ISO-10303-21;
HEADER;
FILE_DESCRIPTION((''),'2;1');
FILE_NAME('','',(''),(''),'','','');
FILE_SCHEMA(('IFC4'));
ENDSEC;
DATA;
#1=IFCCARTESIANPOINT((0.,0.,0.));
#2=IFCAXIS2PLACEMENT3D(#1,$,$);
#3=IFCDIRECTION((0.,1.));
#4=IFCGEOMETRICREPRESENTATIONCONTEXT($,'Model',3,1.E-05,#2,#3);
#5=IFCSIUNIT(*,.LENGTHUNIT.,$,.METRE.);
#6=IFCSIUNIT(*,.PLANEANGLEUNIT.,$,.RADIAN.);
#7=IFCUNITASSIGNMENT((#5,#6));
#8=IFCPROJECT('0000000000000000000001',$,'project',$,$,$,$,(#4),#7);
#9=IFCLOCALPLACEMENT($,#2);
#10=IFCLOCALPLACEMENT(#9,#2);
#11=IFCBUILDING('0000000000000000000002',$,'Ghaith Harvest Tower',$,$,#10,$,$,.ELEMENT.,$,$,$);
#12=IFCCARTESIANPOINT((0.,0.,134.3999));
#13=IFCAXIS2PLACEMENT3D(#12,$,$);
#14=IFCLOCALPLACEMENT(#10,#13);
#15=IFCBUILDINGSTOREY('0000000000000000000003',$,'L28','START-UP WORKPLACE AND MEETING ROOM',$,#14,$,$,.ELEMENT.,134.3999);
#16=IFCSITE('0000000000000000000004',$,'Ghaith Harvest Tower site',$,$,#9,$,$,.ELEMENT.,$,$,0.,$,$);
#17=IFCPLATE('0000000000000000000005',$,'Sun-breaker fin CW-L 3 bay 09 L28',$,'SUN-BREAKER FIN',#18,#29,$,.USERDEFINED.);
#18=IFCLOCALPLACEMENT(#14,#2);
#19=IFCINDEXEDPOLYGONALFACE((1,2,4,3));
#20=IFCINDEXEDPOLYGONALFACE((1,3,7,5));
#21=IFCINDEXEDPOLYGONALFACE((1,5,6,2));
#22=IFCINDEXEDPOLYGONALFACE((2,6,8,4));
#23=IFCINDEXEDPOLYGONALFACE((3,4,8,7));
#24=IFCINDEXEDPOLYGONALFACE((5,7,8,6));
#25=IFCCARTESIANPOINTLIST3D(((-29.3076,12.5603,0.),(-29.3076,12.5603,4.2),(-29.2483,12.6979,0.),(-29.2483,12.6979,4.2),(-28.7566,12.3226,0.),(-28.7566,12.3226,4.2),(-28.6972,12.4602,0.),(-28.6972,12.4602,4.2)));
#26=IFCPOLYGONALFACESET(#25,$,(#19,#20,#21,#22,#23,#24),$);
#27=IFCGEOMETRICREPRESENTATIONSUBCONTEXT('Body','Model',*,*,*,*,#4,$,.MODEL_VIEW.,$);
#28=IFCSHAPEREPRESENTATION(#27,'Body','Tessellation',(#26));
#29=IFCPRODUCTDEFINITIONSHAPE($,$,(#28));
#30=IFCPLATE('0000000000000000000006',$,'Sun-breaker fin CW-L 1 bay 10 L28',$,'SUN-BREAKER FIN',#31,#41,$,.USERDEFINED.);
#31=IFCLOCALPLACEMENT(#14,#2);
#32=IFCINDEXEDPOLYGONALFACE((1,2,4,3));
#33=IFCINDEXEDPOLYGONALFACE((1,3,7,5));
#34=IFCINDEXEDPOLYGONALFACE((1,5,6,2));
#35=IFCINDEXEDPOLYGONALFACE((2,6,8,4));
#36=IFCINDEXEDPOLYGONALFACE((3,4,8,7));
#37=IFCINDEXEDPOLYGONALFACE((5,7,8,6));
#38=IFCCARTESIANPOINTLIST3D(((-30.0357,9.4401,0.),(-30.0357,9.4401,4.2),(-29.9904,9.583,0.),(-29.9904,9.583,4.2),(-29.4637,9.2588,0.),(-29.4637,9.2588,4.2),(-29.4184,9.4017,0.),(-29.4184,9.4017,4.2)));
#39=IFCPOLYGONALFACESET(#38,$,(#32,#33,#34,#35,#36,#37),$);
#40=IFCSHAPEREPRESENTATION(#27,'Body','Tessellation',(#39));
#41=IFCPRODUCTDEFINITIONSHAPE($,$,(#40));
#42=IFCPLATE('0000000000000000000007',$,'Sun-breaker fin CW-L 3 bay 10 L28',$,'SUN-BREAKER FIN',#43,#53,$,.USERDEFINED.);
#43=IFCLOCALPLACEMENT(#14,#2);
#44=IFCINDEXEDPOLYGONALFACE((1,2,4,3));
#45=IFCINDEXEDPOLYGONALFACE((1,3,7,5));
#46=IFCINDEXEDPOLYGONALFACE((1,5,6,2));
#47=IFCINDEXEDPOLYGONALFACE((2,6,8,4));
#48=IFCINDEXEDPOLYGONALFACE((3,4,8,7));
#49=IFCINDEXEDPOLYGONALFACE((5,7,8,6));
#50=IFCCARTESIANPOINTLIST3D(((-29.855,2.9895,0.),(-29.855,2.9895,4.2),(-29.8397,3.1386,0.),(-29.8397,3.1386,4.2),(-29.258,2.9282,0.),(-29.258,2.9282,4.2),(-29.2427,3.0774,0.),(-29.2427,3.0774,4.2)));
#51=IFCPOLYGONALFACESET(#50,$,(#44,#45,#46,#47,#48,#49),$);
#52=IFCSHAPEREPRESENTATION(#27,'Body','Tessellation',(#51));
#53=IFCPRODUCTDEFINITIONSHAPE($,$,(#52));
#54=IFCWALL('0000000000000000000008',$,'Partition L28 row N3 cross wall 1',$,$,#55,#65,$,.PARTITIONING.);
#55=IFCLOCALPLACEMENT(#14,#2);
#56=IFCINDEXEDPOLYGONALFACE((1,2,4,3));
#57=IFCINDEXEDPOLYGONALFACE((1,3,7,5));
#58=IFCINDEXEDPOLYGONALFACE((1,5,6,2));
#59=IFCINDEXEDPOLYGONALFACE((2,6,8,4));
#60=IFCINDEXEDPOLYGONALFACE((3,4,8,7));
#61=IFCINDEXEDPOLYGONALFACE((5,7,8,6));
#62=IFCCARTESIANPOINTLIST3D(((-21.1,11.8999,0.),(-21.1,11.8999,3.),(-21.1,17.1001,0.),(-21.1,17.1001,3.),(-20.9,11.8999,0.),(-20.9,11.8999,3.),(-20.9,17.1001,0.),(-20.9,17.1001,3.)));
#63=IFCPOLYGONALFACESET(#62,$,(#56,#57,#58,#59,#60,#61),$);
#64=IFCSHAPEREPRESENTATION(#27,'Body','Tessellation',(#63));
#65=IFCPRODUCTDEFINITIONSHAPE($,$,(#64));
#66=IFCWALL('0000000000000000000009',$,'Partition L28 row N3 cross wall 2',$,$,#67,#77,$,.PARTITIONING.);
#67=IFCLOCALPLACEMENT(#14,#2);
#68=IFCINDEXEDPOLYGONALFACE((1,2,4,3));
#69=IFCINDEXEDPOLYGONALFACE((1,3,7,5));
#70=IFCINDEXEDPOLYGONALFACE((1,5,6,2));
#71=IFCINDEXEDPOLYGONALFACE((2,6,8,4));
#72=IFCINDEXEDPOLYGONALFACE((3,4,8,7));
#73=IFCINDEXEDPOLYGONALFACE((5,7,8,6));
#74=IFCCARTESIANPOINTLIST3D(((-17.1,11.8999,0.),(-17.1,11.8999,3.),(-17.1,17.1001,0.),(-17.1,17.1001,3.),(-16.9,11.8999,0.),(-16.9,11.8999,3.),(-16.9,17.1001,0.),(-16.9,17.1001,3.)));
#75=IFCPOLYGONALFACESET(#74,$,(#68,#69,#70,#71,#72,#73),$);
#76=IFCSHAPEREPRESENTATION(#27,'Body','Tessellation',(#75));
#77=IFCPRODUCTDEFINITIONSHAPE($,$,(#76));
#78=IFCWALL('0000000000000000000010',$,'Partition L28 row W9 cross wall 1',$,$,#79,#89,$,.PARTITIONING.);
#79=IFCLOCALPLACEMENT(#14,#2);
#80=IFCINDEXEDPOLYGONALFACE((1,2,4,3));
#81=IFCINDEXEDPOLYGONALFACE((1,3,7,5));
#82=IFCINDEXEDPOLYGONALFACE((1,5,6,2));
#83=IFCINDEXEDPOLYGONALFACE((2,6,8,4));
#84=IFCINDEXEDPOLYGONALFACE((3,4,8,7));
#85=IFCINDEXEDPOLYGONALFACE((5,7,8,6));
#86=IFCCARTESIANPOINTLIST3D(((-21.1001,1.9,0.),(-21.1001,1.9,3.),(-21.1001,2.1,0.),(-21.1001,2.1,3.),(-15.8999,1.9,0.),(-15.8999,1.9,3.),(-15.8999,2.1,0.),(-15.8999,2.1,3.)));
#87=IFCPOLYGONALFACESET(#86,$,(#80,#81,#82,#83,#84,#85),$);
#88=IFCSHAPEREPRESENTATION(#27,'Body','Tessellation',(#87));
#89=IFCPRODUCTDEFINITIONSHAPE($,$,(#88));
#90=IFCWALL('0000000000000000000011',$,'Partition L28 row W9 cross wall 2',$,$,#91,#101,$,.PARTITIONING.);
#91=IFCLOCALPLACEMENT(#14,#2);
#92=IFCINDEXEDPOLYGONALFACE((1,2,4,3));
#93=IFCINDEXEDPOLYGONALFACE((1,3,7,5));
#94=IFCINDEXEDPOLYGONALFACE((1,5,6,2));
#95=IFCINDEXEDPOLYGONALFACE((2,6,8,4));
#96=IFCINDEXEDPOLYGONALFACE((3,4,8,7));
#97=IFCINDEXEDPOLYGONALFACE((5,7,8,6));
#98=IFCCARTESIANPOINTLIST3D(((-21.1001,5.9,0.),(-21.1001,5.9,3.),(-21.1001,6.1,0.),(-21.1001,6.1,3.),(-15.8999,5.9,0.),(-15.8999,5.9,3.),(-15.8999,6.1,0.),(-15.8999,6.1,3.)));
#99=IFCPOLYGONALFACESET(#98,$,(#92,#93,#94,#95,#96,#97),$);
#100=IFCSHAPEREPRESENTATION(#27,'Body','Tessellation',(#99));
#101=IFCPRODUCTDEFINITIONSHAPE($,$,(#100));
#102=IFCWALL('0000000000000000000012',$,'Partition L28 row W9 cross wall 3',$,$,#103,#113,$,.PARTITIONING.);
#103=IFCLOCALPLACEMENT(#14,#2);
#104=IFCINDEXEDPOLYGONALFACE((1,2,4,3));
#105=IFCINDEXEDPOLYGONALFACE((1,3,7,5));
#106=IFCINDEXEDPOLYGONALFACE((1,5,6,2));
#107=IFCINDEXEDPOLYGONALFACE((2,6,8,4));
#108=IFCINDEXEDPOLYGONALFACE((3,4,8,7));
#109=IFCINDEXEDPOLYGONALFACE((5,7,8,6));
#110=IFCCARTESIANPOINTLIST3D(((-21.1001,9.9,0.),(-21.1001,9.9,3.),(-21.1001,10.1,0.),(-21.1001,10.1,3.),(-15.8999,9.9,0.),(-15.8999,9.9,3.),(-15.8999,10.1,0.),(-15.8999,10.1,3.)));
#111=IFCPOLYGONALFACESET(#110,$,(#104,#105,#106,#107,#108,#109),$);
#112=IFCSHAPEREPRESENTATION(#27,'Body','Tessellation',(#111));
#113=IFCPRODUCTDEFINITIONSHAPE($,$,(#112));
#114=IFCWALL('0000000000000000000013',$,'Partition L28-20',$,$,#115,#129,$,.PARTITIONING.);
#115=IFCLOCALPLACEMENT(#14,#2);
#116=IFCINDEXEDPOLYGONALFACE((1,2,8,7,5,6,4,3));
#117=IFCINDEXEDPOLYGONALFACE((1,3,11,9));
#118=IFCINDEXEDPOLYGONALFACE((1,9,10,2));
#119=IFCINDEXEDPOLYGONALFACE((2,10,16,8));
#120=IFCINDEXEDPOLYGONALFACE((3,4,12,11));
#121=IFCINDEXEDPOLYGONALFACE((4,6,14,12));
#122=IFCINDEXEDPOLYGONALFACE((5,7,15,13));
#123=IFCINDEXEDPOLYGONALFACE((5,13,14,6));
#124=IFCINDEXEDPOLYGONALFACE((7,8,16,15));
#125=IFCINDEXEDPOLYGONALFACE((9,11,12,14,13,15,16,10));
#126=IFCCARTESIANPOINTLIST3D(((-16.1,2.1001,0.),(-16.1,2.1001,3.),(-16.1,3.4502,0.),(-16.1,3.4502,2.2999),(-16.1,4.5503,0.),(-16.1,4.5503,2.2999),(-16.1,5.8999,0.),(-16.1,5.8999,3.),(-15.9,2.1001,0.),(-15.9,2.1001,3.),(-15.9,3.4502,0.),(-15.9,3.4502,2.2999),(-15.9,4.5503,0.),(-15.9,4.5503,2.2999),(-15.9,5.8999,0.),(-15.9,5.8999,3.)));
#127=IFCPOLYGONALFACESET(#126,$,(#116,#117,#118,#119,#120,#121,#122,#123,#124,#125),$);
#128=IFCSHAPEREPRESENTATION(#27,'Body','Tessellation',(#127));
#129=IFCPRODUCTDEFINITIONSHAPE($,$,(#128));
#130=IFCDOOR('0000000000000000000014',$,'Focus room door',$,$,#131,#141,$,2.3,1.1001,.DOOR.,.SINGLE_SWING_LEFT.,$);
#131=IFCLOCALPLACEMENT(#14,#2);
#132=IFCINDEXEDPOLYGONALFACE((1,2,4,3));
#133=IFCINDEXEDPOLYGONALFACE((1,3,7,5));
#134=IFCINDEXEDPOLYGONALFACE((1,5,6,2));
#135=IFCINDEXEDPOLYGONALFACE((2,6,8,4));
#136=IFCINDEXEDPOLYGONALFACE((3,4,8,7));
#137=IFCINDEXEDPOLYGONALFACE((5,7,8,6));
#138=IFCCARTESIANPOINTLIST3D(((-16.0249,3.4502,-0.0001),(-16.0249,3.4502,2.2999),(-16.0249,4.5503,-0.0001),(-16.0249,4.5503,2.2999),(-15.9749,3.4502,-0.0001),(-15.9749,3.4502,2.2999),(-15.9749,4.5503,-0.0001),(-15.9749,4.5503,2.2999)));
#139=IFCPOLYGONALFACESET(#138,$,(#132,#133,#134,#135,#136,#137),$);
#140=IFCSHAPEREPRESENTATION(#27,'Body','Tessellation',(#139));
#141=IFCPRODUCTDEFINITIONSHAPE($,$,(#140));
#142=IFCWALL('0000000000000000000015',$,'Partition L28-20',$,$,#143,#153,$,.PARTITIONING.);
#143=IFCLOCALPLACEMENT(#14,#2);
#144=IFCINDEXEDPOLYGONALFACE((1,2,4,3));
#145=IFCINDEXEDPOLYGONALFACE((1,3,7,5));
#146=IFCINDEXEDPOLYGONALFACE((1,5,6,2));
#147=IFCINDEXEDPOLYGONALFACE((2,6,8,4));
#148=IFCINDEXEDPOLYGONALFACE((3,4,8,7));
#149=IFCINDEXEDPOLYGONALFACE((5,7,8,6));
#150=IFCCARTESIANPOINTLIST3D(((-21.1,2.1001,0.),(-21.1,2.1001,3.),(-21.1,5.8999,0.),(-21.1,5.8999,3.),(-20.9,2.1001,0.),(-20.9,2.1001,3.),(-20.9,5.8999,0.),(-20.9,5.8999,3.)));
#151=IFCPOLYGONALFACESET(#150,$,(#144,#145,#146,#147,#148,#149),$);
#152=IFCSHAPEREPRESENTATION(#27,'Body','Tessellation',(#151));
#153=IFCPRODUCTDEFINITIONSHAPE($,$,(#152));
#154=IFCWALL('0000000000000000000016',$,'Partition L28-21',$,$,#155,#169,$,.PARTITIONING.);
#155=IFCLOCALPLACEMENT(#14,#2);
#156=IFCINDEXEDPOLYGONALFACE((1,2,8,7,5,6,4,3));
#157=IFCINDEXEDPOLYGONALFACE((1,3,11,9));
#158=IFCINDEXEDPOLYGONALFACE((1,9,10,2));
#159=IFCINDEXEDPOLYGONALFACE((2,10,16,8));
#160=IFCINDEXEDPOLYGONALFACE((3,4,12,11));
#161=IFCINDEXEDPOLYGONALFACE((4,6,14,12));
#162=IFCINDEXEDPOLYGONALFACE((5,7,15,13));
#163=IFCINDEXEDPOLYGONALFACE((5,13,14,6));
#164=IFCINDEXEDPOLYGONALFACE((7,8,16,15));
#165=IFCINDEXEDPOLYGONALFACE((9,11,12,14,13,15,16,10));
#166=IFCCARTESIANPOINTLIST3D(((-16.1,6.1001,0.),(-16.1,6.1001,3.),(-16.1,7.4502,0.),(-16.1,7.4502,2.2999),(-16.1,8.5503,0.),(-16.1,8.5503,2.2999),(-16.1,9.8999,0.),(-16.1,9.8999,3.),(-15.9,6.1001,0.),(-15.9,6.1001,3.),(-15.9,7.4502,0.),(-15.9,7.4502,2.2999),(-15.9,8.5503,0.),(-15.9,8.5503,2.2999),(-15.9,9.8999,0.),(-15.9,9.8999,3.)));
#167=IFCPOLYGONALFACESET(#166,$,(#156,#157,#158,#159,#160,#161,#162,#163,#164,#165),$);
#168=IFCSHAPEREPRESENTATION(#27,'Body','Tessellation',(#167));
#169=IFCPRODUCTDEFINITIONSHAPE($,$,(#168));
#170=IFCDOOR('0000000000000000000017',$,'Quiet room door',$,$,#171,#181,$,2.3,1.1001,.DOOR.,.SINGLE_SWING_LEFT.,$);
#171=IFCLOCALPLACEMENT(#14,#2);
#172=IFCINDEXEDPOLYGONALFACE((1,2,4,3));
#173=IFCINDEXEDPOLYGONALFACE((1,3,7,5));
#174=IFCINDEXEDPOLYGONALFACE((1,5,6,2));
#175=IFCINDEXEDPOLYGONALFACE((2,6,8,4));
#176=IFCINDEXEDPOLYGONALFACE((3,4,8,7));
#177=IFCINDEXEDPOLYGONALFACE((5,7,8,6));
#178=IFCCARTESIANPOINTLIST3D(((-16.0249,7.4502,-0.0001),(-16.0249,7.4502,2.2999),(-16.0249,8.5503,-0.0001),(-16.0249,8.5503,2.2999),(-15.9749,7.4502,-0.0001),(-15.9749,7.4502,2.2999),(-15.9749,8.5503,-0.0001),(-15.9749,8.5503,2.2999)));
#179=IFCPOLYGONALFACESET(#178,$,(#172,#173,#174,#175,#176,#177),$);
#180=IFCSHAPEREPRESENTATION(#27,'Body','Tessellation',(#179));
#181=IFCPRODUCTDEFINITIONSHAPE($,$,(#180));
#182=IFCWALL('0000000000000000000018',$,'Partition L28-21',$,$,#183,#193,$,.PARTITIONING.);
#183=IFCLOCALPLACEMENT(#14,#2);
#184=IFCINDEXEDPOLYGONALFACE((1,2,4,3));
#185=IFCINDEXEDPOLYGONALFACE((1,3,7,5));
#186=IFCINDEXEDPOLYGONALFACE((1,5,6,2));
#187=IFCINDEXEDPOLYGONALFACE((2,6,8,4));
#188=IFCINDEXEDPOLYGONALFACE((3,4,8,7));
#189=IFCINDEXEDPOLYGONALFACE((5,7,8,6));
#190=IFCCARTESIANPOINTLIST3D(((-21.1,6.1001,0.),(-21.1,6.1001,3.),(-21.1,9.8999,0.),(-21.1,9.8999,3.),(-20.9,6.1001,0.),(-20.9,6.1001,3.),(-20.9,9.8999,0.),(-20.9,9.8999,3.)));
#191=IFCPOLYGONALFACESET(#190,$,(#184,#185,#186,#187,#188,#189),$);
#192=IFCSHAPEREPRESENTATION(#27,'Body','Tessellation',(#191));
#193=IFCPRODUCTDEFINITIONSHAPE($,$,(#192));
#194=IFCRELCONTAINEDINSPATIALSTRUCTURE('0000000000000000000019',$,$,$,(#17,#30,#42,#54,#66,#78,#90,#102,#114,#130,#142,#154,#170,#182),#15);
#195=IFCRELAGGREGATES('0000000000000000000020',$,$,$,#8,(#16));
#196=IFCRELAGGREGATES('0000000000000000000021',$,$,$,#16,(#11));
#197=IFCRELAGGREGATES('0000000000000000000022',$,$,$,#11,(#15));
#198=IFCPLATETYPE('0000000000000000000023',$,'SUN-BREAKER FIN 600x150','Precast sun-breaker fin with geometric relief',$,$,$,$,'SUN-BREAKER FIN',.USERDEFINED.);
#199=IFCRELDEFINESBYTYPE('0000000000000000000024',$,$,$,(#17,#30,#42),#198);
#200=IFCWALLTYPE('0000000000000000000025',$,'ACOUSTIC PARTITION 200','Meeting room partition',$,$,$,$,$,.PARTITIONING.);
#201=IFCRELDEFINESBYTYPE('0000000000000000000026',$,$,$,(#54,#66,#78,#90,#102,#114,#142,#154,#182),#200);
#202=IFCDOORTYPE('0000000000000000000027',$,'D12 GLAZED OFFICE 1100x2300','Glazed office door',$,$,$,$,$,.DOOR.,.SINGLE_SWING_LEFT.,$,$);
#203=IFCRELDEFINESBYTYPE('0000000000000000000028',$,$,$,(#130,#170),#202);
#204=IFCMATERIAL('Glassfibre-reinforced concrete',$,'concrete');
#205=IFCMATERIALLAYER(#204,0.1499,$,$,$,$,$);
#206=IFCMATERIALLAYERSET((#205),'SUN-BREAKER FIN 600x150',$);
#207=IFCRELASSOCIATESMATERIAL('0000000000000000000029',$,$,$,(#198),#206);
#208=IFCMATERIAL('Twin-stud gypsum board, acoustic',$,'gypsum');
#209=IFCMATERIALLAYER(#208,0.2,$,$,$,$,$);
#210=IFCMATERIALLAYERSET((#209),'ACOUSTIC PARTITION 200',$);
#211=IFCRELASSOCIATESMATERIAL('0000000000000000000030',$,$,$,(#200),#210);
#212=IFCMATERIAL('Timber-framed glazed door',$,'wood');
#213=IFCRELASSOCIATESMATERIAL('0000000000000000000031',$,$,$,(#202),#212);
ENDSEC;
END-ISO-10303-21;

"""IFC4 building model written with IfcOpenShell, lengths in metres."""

from ifc_helpers import new_model, si_unit, direction, frame, frame_2d, origin, origin_2d, place, context, subcontext, project, spatial, rectangle, extrude, material, layer, layer_set, type_object, element, fill, save


model = new_model("IFC4")

# Units and contexts
model_context = context("Model", 3, precision=1e-05, world=origin(), true_north=direction((0.0, 1.0)))
body_context = subcontext(model_context, "Body", "Model", "MODEL_VIEW")
ifc_project = project(units=[si_unit("LENGTHUNIT", "METRE"), si_unit("PLANEANGLEUNIT", "RADIAN")], contexts=[model_context])

# Site, building, storey
site_placement = place(None, origin())
site = spatial("IfcSite", under=ifc_project, at=site_placement, Name="Ghaith Harvest Tower site", CompositionType="ELEMENT", RefElevation=0.0)
building_placement = place(site_placement, origin())
building = spatial("IfcBuilding", under=site, at=building_placement, Name="Ghaith Harvest Tower", CompositionType="ELEMENT")
storey_placement = place(building_placement, frame((0.0, 0.0, 134.3999)))
storey = spatial("IfcBuildingStorey", under=building, at=storey_placement, Name="L28", Description="START-UP WORKPLACE AND MEETING ROOM", CompositionType="ELEMENT", Elevation=134.3999)

# Plates
ifc_material_1 = material(Name="Glassfibre-reinforced concrete", Category="concrete")
ifc_layer_1 = layer(ifc_material_1, 0.1499)
ifc_layer_set_1 = layer_set([ifc_layer_1], Name="SUN-BREAKER FIN 600x150")
plate_type_1 = type_object("IfcPlateType", Name="SUN-BREAKER FIN 600x150", Description="Precast sun-breaker fin with geometric relief", ElementType="SUN-BREAKER FIN", PredefinedType="USERDEFINED", material=ifc_layer_set_1)
for number, where, z_axis, x_axis, name in (
    (1, (-29.0024, 12.5103, 0.0), (0.0, 0.0, 1.0), (-0.918218, 0.396075, 0.0), "Sun-breaker fin CW-L 3 bay 09 L28"),
    (2, (-29.7271, 9.4209, 0.0), (0.0, 0.0, 1.0), (-0.953273, 0.30211, 0.0), "Sun-breaker fin CW-L 1 bay 10 L28"),
    (3, (-29.5488, 3.0334, 0.0), (0.0, 0.0, 1.0), (-0.994772, 0.102123, 0.0), "Sun-breaker fin CW-L 3 bay 10 L28"),
):
    element("IfcPlate", number, at=place(storey_placement, frame(where, z_axis=z_axis, x_axis=x_axis)), inside=storey, type_object=plate_type_1, Name=name, ObjectType="SUN-BREAKER FIN", PredefinedType="USERDEFINED", context=body_context, shape_type="SweptSolid", body=[
        extrude(rectangle(XDim=0.6001, YDim=0.1499, at=origin_2d()), origin(), (0.0, 0.0, 1.0), 4.2),
    ])

# Walls
ifc_material_2 = material(Name="Twin-stud gypsum board, acoustic", Category="gypsum")
ifc_layer_2 = layer(ifc_material_2, 0.2)
ifc_layer_set_2 = layer_set([ifc_layer_2], Name="ACOUSTIC PARTITION 200")
wall_type = type_object("IfcWallType", Name="ACOUSTIC PARTITION 200", Description="Meeting room partition", PredefinedType="PARTITIONING", material=ifc_layer_set_2)
for number, where, z_axis, x_axis, name in (
    (4, (-21.0, 11.8999, 0.0), (0.0, 0.0, 1.0), (0.0, 1.0, 0.0), "Partition L28 row N3 cross wall 1"),
    (5, (-17.0, 11.8999, 0.0), (0.0, 0.0, 1.0), (0.0, 1.0, 0.0), "Partition L28 row N3 cross wall 2"),
):
    element("IfcWall", number, at=place(storey_placement, frame(where, z_axis=z_axis, x_axis=x_axis)), inside=storey, type_object=wall_type, Name=name, PredefinedType="PARTITIONING", context=body_context, shape_type="SweptSolid", body=[
        extrude(rectangle(XDim=5.2002, YDim=0.2, at=frame_2d((2.6001, 0.0))), origin(), (0.0, 0.0, 1.0), 3.0),
    ])

# Walls
for number, where, z_axis, x_axis, name in (
    (6, (-15.8999, 2.0, 0.0), (0.0, 0.0, 1.0), (-1.0, 0.0, 0.0), "Partition L28 row W9 cross wall 1"),
    (7, (-15.8999, 6.0, 0.0), (0.0, 0.0, 1.0), (-1.0, 0.0, 0.0), "Partition L28 row W9 cross wall 2"),
    (8, (-15.8999, 10.0, 0.0), (0.0, 0.0, 1.0), (-1.0, 0.0, 0.0), "Partition L28 row W9 cross wall 3"),
):
    element("IfcWall", number, at=place(storey_placement, frame(where, z_axis=z_axis, x_axis=x_axis)), inside=storey, type_object=wall_type, Name=name, PredefinedType="PARTITIONING", context=body_context, shape_type="SweptSolid", body=[
        extrude(rectangle(XDim=5.2002, YDim=0.2, at=frame_2d((2.6001, 0.0))), origin(), (0.0, 0.0, 1.0), 3.0),
    ])

# Wall, opening, door
wall_1_placement = place(storey_placement, frame((-16.0, 2.1001, 0.0), z_axis=(0.0, 0.0, 1.0), x_axis=(0.0, 1.0, 0.0)))
wall_1 = element("IfcWall", 9, at=wall_1_placement, inside=storey, type_object=wall_type, Name="Partition L28-20", PredefinedType="PARTITIONING", context=body_context, shape_type="SweptSolid", body=[
    extrude(rectangle(XDim=3.7998, YDim=0.2, at=frame_2d((1.8999, 0.0))), origin(), (0.0, 0.0, 1.0), 3.0),
])
opening_1_placement = place(wall_1_placement, frame((1.3501, 0.0, 0.0)))
opening_1 = element("IfcOpeningElement", 10, at=opening_1_placement, cuts=wall_1, PredefinedType="OPENING", context=body_context, shape_type="SweptSolid", body=[
    extrude(rectangle(XDim=1.1001, YDim=2.3, at=frame_2d((0.55, 1.1499))), frame((0.0, 0.1099, 0.0), z_axis=(0.0, -1.0, 0.0), x_axis=(1.0, 0.0, 0.0)), (0.0, 0.0, 1.0), 0.22),
])
ifc_material_3 = material(Name="Timber-framed glazed door", Category="wood")
door_type_1 = type_object("IfcDoorType", Name="D12 GLAZED OFFICE 1100x2300", Description="Glazed office door", OperationType="SINGLE_SWING_LEFT", PredefinedType="DOOR", material=ifc_material_3)
door_1_placement = place(opening_1_placement, origin())
door_1 = element("IfcDoor", 11, at=door_1_placement, inside=storey, type_object=door_type_1, Name="Focus room door", OperationType="SINGLE_SWING_LEFT", OverallHeight=2.3, OverallWidth=1.1001, PredefinedType="DOOR", context=body_context, shape_type="SweptSolid", body=[
    extrude(rectangle(XDim=1.1001, YDim=2.3, at=frame_2d((0.55, 1.1499))), frame((0.0, 0.0249, 0.0), z_axis=(0.0, -1.0, 0.0), x_axis=(1.0, 0.0, 0.0)), (0.0, 0.0, 1.0), 0.05),
])
fill(opening_1, door_1)

# Wall
wall_2_placement = place(storey_placement, frame((-21.0, 2.1001, 0.0), z_axis=(0.0, 0.0, 1.0), x_axis=(0.0, 1.0, 0.0)))
element("IfcWall", 12, at=wall_2_placement, inside=storey, type_object=wall_type, Name="Partition L28-20", PredefinedType="PARTITIONING", context=body_context, shape_type="SweptSolid", body=[
    extrude(rectangle(XDim=3.7998, YDim=0.2, at=frame_2d((1.8999, 0.0))), origin(), (0.0, 0.0, 1.0), 3.0),
])

# Wall, opening, door
wall_3_placement = place(storey_placement, frame((-16.0, 6.1001, 0.0), z_axis=(0.0, 0.0, 1.0), x_axis=(0.0, 1.0, 0.0)))
wall_3 = element("IfcWall", 13, at=wall_3_placement, inside=storey, type_object=wall_type, Name="Partition L28-21", PredefinedType="PARTITIONING", context=body_context, shape_type="SweptSolid", body=[
    extrude(rectangle(XDim=3.7998, YDim=0.2, at=frame_2d((1.8999, 0.0))), origin(), (0.0, 0.0, 1.0), 3.0),
])
opening_2_placement = place(wall_3_placement, frame((1.3501, 0.0, 0.0)))
opening_2 = element("IfcOpeningElement", 14, at=opening_2_placement, cuts=wall_3, PredefinedType="OPENING", context=body_context, shape_type="SweptSolid", body=[
    extrude(rectangle(XDim=1.1001, YDim=2.3, at=frame_2d((0.55, 1.1499))), frame((0.0, 0.1099, 0.0), z_axis=(0.0, -1.0, 0.0), x_axis=(1.0, 0.0, 0.0)), (0.0, 0.0, 1.0), 0.22),
])
door_2_placement = place(opening_2_placement, origin())
door_2 = element("IfcDoor", 15, at=door_2_placement, inside=storey, type_object=door_type_1, Name="Quiet room door", OperationType="SINGLE_SWING_LEFT", OverallHeight=2.3, OverallWidth=1.1001, PredefinedType="DOOR", context=body_context, shape_type="SweptSolid", body=[
    extrude(rectangle(XDim=1.1001, YDim=2.3, at=frame_2d((0.55, 1.1499))), frame((0.0, 0.0249, 0.0), z_axis=(0.0, -1.0, 0.0), x_axis=(1.0, 0.0, 0.0)), (0.0, 0.0, 1.0), 0.05),
])
fill(opening_2, door_2)

# Wall
wall_4_placement = place(storey_placement, frame((-21.0, 6.1001, 0.0), z_axis=(0.0, 0.0, 1.0), x_axis=(0.0, 1.0, 0.0)))
element("IfcWall", 16, at=wall_4_placement, inside=storey, type_object=wall_type, Name="Partition L28-21", PredefinedType="PARTITIONING", context=body_context, shape_type="SweptSolid", body=[
    extrude(rectangle(XDim=3.7998, YDim=0.2, at=frame_2d((1.8999, 0.0))), origin(), (0.0, 0.0, 1.0), 3.0),
])

save(model, "model.ifc")
